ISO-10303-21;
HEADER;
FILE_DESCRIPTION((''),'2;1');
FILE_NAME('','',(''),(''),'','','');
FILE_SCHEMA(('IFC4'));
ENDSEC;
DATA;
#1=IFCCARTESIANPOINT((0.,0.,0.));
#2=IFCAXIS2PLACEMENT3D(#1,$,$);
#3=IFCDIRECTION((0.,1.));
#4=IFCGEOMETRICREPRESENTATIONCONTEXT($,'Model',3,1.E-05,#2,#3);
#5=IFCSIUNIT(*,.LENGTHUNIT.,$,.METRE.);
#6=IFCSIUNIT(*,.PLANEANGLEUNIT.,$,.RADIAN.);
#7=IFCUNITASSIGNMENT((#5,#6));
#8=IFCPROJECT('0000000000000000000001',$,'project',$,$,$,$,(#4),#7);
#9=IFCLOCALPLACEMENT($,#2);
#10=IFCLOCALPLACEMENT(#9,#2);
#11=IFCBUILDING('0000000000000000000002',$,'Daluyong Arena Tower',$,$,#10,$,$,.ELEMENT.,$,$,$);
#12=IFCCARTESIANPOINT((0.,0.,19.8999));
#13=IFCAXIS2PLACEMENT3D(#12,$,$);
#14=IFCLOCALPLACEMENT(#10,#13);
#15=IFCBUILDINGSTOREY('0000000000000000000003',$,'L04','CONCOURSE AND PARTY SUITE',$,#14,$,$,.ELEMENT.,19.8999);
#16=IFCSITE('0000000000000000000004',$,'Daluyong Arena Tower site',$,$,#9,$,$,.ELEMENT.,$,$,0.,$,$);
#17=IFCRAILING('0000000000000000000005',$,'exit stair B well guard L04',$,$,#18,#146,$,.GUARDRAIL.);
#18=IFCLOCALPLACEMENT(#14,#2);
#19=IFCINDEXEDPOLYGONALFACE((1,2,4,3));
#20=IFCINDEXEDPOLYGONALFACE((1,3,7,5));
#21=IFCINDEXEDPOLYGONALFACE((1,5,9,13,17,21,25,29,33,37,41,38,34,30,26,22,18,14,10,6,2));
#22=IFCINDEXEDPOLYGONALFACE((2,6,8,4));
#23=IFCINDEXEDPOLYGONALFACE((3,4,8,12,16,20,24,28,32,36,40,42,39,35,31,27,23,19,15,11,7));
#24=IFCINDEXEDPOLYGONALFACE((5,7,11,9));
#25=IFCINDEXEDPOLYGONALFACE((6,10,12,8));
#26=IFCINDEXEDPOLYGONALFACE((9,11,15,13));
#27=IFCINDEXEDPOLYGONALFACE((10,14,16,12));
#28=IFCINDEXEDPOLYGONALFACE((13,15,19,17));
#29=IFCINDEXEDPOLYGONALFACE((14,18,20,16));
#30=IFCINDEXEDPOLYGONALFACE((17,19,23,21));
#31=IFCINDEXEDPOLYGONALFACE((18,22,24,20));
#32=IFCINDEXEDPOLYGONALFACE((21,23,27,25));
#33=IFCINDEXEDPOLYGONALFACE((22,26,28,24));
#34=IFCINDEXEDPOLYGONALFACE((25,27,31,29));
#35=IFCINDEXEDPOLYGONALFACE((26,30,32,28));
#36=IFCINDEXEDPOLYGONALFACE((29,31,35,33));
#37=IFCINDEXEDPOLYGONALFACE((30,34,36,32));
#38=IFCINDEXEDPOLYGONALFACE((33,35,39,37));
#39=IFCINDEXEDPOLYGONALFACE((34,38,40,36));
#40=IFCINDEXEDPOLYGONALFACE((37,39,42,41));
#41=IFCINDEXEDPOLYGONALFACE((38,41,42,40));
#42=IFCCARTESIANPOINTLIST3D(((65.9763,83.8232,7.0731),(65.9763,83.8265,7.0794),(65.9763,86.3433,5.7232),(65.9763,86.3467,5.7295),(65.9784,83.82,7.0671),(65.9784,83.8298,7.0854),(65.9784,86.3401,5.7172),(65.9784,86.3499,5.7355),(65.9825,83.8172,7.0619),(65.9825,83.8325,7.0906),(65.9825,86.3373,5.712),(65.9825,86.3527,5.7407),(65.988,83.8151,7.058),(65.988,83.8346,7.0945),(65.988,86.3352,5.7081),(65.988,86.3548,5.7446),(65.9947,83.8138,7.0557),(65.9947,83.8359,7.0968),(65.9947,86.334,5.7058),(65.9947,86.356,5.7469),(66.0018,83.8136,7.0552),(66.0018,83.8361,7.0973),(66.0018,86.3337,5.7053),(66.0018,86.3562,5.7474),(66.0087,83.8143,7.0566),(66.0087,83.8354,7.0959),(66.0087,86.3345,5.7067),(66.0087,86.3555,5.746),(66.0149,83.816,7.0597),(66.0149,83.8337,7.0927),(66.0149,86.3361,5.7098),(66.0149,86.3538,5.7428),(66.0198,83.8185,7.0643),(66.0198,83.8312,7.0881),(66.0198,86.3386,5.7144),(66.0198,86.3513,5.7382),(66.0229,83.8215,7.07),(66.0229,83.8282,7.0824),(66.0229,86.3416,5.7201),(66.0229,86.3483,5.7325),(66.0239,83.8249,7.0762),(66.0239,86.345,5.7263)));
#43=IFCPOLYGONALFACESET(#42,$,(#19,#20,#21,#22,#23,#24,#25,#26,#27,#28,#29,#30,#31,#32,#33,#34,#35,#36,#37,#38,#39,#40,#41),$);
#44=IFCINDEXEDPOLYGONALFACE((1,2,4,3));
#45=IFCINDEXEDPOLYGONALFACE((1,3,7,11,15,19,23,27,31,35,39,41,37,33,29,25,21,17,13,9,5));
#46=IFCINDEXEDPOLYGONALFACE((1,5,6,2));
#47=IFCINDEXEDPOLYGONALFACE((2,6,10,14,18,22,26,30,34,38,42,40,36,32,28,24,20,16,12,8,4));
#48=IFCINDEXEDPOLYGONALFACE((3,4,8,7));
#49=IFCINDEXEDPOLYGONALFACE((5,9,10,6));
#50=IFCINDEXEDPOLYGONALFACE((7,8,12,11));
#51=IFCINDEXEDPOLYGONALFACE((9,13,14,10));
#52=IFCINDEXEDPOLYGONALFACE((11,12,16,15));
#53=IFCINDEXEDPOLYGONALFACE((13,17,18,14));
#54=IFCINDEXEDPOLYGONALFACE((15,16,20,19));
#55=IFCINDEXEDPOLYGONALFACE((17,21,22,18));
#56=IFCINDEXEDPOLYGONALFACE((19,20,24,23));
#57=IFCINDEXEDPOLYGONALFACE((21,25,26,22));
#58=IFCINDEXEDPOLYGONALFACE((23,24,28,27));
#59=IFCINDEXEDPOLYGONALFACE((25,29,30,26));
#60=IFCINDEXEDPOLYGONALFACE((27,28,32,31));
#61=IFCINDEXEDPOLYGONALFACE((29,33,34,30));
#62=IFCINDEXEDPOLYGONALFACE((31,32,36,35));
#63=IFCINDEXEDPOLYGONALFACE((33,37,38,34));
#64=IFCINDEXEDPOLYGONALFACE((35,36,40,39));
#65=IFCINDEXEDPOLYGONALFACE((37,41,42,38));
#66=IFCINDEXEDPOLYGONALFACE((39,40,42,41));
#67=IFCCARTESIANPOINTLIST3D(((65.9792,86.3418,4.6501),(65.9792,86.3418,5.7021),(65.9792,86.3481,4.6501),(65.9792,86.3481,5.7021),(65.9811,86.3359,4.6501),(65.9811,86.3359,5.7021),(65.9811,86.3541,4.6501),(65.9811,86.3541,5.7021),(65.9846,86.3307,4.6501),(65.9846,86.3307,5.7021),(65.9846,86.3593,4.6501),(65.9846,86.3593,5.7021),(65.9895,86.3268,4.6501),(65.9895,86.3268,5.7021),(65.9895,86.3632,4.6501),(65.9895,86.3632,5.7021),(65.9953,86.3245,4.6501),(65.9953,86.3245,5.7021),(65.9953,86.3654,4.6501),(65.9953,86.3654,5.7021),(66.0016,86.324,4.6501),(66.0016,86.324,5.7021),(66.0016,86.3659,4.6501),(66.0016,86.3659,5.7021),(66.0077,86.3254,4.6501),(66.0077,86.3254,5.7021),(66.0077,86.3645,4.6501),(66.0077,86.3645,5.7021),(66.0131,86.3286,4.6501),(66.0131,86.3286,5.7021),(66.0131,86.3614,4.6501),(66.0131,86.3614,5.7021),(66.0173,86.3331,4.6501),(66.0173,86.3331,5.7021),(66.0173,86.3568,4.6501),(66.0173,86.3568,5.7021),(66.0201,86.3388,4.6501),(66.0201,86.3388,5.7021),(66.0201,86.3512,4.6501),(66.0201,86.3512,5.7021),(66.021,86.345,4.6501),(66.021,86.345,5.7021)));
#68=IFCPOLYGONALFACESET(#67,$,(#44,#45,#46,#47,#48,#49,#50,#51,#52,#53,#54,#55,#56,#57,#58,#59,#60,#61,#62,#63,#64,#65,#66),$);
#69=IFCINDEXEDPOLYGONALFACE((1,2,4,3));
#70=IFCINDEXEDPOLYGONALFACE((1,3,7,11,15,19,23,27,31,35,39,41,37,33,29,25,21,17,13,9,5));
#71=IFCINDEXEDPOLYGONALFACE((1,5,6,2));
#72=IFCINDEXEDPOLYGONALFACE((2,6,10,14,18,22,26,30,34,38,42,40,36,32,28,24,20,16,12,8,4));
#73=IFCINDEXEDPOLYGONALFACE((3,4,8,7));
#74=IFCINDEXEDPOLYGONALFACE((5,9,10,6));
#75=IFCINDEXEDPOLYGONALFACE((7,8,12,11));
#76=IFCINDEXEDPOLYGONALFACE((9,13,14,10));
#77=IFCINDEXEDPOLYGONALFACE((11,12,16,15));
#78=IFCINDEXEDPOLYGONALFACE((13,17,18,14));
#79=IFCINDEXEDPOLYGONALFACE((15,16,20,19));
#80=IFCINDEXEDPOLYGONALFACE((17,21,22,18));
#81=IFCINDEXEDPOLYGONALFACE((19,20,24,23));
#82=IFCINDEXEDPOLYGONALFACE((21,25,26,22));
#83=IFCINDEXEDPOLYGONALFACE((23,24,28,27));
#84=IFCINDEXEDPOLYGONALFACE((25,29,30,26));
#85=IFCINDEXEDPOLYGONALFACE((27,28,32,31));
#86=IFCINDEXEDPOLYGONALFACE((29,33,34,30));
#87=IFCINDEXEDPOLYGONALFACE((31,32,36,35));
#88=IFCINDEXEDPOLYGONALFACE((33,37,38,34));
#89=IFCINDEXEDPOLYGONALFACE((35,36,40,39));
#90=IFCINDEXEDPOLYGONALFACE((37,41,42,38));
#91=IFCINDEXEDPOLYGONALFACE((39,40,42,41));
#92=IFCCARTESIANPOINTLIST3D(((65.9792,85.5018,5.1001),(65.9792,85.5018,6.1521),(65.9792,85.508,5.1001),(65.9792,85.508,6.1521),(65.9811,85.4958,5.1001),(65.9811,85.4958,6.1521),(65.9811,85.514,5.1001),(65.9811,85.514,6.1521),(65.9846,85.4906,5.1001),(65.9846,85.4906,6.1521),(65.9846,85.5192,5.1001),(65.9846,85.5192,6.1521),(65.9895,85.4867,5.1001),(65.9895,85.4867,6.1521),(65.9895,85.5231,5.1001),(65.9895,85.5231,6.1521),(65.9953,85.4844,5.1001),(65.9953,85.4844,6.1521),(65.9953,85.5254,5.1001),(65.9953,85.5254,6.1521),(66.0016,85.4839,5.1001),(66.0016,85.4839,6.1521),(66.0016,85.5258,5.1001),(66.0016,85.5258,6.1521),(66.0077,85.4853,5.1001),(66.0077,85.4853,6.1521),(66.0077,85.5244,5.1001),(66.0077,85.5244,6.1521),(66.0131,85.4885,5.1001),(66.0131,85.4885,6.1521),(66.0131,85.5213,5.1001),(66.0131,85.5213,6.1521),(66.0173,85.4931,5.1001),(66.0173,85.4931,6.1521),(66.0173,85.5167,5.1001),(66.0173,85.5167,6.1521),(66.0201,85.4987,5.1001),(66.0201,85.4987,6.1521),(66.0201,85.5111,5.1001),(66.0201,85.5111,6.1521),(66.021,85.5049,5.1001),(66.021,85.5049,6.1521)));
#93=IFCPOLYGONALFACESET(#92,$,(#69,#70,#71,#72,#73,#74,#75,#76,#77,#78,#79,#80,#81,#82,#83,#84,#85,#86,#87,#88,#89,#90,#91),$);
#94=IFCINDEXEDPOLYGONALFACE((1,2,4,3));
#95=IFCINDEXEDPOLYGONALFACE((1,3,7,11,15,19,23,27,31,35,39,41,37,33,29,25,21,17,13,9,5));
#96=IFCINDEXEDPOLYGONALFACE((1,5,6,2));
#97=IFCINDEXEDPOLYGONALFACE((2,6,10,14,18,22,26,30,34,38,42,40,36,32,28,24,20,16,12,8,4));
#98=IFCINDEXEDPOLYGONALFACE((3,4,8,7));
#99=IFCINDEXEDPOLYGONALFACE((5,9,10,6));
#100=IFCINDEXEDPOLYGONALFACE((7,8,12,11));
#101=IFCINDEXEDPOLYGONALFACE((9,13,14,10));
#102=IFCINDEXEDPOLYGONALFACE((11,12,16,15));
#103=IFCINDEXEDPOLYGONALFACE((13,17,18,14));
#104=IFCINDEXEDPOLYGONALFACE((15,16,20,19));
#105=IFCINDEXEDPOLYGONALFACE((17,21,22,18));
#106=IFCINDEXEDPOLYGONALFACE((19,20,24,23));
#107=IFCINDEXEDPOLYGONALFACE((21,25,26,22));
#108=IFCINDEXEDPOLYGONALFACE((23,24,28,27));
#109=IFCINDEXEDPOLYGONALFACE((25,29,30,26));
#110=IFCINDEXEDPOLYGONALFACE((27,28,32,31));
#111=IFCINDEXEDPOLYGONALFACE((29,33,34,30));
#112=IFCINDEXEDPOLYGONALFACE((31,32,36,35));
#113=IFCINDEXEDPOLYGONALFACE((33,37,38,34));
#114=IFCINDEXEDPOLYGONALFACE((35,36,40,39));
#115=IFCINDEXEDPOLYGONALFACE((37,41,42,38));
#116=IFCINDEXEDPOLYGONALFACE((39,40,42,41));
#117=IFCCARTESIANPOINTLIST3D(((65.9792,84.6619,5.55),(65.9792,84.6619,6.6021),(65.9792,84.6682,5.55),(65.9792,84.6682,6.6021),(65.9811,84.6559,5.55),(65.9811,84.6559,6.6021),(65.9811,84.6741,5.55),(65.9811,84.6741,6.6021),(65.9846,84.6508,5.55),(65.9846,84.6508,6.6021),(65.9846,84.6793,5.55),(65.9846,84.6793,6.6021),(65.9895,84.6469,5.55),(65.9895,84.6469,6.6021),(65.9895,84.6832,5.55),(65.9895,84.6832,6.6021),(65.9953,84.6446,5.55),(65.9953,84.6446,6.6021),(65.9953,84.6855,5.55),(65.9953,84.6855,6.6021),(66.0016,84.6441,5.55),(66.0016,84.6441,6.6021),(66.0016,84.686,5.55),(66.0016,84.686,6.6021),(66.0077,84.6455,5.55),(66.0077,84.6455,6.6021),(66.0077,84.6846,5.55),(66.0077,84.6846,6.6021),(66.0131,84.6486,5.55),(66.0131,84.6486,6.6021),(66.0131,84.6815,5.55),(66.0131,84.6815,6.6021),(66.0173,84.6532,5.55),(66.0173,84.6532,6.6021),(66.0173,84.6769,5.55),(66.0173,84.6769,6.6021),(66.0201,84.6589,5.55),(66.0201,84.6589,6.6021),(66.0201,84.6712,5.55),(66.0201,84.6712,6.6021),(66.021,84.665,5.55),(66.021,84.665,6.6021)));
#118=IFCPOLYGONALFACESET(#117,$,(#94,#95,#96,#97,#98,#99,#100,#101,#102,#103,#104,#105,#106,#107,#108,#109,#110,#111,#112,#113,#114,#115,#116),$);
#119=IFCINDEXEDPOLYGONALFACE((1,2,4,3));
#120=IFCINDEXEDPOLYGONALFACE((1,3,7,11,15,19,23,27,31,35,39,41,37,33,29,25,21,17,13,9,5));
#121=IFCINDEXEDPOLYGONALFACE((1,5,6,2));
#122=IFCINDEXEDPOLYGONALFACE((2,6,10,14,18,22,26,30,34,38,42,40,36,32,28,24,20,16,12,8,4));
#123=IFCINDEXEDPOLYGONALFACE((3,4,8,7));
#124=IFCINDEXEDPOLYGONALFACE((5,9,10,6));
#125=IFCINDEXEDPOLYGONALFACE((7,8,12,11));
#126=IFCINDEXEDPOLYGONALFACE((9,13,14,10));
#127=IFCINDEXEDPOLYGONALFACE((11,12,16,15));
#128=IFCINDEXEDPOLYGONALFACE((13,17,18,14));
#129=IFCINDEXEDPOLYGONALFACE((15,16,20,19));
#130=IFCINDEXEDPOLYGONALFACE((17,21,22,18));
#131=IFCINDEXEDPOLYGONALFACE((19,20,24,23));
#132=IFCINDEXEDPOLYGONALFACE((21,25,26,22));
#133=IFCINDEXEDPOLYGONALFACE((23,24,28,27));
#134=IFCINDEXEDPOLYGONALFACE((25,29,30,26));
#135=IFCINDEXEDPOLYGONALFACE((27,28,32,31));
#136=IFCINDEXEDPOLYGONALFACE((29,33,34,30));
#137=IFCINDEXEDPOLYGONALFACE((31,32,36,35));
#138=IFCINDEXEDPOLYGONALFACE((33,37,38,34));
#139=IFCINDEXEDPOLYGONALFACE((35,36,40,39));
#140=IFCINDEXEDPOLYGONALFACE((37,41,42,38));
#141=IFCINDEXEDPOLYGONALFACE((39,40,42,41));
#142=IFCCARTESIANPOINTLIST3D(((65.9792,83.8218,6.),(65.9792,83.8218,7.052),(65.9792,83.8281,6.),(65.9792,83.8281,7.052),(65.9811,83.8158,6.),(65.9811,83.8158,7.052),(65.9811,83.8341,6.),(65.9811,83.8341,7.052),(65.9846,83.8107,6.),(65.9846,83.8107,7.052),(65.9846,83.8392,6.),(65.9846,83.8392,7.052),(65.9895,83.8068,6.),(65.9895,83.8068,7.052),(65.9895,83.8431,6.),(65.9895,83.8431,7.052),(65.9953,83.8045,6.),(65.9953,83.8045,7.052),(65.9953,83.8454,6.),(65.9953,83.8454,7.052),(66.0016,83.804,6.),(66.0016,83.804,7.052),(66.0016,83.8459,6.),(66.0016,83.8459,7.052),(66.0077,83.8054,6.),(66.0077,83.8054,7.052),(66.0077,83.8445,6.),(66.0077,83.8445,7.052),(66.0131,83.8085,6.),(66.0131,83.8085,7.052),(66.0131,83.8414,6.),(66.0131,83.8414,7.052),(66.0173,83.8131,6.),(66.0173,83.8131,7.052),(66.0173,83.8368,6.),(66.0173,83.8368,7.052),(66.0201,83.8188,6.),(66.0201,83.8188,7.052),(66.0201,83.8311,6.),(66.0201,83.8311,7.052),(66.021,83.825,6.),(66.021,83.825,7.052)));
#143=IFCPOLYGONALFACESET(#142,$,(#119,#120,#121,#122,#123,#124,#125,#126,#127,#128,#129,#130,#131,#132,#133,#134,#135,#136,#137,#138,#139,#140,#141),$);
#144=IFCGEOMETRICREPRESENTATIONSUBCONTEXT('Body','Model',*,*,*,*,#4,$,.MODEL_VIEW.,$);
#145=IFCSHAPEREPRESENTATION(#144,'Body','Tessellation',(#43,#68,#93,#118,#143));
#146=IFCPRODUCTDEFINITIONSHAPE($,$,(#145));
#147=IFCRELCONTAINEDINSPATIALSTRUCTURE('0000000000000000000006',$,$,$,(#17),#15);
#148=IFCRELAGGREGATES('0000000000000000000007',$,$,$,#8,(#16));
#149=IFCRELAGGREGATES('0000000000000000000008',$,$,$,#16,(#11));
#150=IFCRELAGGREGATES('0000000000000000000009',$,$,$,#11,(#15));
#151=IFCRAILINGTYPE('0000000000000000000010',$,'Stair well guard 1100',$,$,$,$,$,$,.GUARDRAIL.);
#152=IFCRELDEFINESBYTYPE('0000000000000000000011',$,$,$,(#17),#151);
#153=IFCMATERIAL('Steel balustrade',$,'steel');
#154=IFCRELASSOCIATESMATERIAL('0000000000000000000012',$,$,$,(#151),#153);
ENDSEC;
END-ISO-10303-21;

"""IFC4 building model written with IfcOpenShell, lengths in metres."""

from ifc_helpers import new_model, si_unit, direction, frame, origin, origin_2d, place, context, subcontext, project, spatial, circle, extrude, material, type_object, element, save


model = new_model("IFC4")

# Units and contexts
model_context = context("Model", 3, precision=1e-05, world=origin(), true_north=direction((0.0, 1.0)))
body_context = subcontext(model_context, "Body", "Model", "MODEL_VIEW")
ifc_project = project(units=[si_unit("LENGTHUNIT", "METRE"), si_unit("PLANEANGLEUNIT", "RADIAN")], contexts=[model_context])

# Site, building, storey
site_placement = place(None, origin())
site = spatial("IfcSite", under=ifc_project, at=site_placement, Name="Daluyong Arena Tower site", CompositionType="ELEMENT", RefElevation=0.0)
building_placement = place(site_placement, origin())
building = spatial("IfcBuilding", under=site, at=building_placement, Name="Daluyong Arena Tower", CompositionType="ELEMENT")
storey_placement = place(building_placement, frame((0.0, 0.0, 19.8999)))
storey = spatial("IfcBuildingStorey", under=building, at=storey_placement, Name="L04", Description="CONCOURSE AND PARTY SUITE", CompositionType="ELEMENT", Elevation=19.8999)

# Railing
ifc_material_1 = material(Name="Steel balustrade", Category="steel")
railing_type_1 = type_object("IfcRailingType", Name="Stair well guard 1100", PredefinedType="GUARDRAIL", material=ifc_material_1)
railing_1_placement = place(storey_placement, frame((66.0, 86.345, 4.6501)))
element("IfcRailing", 1, at=railing_1_placement, inside=storey, type_object=railing_type_1, Name="exit stair B well guard L04", PredefinedType="GUARDRAIL", context=body_context, shape_type="SweptSolid", body=[
    extrude(circle(Radius=0.0239, at=origin_2d()), frame((0.0, 0.0, 1.0762), z_axis=(0.0, -0.881503, 0.472179), x_axis=(1.0, 0.0, 0.0)), (0.0, 0.0, 1.0), 2.8589),
    extrude(circle(Radius=0.021, at=origin_2d()), origin(), (0.0, 0.0, 1.0), 1.052),
    extrude(circle(Radius=0.021, at=origin_2d()), frame((0.0, -0.8401, 0.45)), (0.0, 0.0, 1.0), 1.052),
    extrude(circle(Radius=0.021, at=origin_2d()), frame((0.0, -1.6799, 0.8999)), (0.0, 0.0, 1.0), 1.052),
    extrude(circle(Radius=0.021, at=origin_2d()), frame((0.0, -2.52, 1.3499)), (0.0, 0.0, 1.0), 1.052),
])

save(model, "model.ifc")
